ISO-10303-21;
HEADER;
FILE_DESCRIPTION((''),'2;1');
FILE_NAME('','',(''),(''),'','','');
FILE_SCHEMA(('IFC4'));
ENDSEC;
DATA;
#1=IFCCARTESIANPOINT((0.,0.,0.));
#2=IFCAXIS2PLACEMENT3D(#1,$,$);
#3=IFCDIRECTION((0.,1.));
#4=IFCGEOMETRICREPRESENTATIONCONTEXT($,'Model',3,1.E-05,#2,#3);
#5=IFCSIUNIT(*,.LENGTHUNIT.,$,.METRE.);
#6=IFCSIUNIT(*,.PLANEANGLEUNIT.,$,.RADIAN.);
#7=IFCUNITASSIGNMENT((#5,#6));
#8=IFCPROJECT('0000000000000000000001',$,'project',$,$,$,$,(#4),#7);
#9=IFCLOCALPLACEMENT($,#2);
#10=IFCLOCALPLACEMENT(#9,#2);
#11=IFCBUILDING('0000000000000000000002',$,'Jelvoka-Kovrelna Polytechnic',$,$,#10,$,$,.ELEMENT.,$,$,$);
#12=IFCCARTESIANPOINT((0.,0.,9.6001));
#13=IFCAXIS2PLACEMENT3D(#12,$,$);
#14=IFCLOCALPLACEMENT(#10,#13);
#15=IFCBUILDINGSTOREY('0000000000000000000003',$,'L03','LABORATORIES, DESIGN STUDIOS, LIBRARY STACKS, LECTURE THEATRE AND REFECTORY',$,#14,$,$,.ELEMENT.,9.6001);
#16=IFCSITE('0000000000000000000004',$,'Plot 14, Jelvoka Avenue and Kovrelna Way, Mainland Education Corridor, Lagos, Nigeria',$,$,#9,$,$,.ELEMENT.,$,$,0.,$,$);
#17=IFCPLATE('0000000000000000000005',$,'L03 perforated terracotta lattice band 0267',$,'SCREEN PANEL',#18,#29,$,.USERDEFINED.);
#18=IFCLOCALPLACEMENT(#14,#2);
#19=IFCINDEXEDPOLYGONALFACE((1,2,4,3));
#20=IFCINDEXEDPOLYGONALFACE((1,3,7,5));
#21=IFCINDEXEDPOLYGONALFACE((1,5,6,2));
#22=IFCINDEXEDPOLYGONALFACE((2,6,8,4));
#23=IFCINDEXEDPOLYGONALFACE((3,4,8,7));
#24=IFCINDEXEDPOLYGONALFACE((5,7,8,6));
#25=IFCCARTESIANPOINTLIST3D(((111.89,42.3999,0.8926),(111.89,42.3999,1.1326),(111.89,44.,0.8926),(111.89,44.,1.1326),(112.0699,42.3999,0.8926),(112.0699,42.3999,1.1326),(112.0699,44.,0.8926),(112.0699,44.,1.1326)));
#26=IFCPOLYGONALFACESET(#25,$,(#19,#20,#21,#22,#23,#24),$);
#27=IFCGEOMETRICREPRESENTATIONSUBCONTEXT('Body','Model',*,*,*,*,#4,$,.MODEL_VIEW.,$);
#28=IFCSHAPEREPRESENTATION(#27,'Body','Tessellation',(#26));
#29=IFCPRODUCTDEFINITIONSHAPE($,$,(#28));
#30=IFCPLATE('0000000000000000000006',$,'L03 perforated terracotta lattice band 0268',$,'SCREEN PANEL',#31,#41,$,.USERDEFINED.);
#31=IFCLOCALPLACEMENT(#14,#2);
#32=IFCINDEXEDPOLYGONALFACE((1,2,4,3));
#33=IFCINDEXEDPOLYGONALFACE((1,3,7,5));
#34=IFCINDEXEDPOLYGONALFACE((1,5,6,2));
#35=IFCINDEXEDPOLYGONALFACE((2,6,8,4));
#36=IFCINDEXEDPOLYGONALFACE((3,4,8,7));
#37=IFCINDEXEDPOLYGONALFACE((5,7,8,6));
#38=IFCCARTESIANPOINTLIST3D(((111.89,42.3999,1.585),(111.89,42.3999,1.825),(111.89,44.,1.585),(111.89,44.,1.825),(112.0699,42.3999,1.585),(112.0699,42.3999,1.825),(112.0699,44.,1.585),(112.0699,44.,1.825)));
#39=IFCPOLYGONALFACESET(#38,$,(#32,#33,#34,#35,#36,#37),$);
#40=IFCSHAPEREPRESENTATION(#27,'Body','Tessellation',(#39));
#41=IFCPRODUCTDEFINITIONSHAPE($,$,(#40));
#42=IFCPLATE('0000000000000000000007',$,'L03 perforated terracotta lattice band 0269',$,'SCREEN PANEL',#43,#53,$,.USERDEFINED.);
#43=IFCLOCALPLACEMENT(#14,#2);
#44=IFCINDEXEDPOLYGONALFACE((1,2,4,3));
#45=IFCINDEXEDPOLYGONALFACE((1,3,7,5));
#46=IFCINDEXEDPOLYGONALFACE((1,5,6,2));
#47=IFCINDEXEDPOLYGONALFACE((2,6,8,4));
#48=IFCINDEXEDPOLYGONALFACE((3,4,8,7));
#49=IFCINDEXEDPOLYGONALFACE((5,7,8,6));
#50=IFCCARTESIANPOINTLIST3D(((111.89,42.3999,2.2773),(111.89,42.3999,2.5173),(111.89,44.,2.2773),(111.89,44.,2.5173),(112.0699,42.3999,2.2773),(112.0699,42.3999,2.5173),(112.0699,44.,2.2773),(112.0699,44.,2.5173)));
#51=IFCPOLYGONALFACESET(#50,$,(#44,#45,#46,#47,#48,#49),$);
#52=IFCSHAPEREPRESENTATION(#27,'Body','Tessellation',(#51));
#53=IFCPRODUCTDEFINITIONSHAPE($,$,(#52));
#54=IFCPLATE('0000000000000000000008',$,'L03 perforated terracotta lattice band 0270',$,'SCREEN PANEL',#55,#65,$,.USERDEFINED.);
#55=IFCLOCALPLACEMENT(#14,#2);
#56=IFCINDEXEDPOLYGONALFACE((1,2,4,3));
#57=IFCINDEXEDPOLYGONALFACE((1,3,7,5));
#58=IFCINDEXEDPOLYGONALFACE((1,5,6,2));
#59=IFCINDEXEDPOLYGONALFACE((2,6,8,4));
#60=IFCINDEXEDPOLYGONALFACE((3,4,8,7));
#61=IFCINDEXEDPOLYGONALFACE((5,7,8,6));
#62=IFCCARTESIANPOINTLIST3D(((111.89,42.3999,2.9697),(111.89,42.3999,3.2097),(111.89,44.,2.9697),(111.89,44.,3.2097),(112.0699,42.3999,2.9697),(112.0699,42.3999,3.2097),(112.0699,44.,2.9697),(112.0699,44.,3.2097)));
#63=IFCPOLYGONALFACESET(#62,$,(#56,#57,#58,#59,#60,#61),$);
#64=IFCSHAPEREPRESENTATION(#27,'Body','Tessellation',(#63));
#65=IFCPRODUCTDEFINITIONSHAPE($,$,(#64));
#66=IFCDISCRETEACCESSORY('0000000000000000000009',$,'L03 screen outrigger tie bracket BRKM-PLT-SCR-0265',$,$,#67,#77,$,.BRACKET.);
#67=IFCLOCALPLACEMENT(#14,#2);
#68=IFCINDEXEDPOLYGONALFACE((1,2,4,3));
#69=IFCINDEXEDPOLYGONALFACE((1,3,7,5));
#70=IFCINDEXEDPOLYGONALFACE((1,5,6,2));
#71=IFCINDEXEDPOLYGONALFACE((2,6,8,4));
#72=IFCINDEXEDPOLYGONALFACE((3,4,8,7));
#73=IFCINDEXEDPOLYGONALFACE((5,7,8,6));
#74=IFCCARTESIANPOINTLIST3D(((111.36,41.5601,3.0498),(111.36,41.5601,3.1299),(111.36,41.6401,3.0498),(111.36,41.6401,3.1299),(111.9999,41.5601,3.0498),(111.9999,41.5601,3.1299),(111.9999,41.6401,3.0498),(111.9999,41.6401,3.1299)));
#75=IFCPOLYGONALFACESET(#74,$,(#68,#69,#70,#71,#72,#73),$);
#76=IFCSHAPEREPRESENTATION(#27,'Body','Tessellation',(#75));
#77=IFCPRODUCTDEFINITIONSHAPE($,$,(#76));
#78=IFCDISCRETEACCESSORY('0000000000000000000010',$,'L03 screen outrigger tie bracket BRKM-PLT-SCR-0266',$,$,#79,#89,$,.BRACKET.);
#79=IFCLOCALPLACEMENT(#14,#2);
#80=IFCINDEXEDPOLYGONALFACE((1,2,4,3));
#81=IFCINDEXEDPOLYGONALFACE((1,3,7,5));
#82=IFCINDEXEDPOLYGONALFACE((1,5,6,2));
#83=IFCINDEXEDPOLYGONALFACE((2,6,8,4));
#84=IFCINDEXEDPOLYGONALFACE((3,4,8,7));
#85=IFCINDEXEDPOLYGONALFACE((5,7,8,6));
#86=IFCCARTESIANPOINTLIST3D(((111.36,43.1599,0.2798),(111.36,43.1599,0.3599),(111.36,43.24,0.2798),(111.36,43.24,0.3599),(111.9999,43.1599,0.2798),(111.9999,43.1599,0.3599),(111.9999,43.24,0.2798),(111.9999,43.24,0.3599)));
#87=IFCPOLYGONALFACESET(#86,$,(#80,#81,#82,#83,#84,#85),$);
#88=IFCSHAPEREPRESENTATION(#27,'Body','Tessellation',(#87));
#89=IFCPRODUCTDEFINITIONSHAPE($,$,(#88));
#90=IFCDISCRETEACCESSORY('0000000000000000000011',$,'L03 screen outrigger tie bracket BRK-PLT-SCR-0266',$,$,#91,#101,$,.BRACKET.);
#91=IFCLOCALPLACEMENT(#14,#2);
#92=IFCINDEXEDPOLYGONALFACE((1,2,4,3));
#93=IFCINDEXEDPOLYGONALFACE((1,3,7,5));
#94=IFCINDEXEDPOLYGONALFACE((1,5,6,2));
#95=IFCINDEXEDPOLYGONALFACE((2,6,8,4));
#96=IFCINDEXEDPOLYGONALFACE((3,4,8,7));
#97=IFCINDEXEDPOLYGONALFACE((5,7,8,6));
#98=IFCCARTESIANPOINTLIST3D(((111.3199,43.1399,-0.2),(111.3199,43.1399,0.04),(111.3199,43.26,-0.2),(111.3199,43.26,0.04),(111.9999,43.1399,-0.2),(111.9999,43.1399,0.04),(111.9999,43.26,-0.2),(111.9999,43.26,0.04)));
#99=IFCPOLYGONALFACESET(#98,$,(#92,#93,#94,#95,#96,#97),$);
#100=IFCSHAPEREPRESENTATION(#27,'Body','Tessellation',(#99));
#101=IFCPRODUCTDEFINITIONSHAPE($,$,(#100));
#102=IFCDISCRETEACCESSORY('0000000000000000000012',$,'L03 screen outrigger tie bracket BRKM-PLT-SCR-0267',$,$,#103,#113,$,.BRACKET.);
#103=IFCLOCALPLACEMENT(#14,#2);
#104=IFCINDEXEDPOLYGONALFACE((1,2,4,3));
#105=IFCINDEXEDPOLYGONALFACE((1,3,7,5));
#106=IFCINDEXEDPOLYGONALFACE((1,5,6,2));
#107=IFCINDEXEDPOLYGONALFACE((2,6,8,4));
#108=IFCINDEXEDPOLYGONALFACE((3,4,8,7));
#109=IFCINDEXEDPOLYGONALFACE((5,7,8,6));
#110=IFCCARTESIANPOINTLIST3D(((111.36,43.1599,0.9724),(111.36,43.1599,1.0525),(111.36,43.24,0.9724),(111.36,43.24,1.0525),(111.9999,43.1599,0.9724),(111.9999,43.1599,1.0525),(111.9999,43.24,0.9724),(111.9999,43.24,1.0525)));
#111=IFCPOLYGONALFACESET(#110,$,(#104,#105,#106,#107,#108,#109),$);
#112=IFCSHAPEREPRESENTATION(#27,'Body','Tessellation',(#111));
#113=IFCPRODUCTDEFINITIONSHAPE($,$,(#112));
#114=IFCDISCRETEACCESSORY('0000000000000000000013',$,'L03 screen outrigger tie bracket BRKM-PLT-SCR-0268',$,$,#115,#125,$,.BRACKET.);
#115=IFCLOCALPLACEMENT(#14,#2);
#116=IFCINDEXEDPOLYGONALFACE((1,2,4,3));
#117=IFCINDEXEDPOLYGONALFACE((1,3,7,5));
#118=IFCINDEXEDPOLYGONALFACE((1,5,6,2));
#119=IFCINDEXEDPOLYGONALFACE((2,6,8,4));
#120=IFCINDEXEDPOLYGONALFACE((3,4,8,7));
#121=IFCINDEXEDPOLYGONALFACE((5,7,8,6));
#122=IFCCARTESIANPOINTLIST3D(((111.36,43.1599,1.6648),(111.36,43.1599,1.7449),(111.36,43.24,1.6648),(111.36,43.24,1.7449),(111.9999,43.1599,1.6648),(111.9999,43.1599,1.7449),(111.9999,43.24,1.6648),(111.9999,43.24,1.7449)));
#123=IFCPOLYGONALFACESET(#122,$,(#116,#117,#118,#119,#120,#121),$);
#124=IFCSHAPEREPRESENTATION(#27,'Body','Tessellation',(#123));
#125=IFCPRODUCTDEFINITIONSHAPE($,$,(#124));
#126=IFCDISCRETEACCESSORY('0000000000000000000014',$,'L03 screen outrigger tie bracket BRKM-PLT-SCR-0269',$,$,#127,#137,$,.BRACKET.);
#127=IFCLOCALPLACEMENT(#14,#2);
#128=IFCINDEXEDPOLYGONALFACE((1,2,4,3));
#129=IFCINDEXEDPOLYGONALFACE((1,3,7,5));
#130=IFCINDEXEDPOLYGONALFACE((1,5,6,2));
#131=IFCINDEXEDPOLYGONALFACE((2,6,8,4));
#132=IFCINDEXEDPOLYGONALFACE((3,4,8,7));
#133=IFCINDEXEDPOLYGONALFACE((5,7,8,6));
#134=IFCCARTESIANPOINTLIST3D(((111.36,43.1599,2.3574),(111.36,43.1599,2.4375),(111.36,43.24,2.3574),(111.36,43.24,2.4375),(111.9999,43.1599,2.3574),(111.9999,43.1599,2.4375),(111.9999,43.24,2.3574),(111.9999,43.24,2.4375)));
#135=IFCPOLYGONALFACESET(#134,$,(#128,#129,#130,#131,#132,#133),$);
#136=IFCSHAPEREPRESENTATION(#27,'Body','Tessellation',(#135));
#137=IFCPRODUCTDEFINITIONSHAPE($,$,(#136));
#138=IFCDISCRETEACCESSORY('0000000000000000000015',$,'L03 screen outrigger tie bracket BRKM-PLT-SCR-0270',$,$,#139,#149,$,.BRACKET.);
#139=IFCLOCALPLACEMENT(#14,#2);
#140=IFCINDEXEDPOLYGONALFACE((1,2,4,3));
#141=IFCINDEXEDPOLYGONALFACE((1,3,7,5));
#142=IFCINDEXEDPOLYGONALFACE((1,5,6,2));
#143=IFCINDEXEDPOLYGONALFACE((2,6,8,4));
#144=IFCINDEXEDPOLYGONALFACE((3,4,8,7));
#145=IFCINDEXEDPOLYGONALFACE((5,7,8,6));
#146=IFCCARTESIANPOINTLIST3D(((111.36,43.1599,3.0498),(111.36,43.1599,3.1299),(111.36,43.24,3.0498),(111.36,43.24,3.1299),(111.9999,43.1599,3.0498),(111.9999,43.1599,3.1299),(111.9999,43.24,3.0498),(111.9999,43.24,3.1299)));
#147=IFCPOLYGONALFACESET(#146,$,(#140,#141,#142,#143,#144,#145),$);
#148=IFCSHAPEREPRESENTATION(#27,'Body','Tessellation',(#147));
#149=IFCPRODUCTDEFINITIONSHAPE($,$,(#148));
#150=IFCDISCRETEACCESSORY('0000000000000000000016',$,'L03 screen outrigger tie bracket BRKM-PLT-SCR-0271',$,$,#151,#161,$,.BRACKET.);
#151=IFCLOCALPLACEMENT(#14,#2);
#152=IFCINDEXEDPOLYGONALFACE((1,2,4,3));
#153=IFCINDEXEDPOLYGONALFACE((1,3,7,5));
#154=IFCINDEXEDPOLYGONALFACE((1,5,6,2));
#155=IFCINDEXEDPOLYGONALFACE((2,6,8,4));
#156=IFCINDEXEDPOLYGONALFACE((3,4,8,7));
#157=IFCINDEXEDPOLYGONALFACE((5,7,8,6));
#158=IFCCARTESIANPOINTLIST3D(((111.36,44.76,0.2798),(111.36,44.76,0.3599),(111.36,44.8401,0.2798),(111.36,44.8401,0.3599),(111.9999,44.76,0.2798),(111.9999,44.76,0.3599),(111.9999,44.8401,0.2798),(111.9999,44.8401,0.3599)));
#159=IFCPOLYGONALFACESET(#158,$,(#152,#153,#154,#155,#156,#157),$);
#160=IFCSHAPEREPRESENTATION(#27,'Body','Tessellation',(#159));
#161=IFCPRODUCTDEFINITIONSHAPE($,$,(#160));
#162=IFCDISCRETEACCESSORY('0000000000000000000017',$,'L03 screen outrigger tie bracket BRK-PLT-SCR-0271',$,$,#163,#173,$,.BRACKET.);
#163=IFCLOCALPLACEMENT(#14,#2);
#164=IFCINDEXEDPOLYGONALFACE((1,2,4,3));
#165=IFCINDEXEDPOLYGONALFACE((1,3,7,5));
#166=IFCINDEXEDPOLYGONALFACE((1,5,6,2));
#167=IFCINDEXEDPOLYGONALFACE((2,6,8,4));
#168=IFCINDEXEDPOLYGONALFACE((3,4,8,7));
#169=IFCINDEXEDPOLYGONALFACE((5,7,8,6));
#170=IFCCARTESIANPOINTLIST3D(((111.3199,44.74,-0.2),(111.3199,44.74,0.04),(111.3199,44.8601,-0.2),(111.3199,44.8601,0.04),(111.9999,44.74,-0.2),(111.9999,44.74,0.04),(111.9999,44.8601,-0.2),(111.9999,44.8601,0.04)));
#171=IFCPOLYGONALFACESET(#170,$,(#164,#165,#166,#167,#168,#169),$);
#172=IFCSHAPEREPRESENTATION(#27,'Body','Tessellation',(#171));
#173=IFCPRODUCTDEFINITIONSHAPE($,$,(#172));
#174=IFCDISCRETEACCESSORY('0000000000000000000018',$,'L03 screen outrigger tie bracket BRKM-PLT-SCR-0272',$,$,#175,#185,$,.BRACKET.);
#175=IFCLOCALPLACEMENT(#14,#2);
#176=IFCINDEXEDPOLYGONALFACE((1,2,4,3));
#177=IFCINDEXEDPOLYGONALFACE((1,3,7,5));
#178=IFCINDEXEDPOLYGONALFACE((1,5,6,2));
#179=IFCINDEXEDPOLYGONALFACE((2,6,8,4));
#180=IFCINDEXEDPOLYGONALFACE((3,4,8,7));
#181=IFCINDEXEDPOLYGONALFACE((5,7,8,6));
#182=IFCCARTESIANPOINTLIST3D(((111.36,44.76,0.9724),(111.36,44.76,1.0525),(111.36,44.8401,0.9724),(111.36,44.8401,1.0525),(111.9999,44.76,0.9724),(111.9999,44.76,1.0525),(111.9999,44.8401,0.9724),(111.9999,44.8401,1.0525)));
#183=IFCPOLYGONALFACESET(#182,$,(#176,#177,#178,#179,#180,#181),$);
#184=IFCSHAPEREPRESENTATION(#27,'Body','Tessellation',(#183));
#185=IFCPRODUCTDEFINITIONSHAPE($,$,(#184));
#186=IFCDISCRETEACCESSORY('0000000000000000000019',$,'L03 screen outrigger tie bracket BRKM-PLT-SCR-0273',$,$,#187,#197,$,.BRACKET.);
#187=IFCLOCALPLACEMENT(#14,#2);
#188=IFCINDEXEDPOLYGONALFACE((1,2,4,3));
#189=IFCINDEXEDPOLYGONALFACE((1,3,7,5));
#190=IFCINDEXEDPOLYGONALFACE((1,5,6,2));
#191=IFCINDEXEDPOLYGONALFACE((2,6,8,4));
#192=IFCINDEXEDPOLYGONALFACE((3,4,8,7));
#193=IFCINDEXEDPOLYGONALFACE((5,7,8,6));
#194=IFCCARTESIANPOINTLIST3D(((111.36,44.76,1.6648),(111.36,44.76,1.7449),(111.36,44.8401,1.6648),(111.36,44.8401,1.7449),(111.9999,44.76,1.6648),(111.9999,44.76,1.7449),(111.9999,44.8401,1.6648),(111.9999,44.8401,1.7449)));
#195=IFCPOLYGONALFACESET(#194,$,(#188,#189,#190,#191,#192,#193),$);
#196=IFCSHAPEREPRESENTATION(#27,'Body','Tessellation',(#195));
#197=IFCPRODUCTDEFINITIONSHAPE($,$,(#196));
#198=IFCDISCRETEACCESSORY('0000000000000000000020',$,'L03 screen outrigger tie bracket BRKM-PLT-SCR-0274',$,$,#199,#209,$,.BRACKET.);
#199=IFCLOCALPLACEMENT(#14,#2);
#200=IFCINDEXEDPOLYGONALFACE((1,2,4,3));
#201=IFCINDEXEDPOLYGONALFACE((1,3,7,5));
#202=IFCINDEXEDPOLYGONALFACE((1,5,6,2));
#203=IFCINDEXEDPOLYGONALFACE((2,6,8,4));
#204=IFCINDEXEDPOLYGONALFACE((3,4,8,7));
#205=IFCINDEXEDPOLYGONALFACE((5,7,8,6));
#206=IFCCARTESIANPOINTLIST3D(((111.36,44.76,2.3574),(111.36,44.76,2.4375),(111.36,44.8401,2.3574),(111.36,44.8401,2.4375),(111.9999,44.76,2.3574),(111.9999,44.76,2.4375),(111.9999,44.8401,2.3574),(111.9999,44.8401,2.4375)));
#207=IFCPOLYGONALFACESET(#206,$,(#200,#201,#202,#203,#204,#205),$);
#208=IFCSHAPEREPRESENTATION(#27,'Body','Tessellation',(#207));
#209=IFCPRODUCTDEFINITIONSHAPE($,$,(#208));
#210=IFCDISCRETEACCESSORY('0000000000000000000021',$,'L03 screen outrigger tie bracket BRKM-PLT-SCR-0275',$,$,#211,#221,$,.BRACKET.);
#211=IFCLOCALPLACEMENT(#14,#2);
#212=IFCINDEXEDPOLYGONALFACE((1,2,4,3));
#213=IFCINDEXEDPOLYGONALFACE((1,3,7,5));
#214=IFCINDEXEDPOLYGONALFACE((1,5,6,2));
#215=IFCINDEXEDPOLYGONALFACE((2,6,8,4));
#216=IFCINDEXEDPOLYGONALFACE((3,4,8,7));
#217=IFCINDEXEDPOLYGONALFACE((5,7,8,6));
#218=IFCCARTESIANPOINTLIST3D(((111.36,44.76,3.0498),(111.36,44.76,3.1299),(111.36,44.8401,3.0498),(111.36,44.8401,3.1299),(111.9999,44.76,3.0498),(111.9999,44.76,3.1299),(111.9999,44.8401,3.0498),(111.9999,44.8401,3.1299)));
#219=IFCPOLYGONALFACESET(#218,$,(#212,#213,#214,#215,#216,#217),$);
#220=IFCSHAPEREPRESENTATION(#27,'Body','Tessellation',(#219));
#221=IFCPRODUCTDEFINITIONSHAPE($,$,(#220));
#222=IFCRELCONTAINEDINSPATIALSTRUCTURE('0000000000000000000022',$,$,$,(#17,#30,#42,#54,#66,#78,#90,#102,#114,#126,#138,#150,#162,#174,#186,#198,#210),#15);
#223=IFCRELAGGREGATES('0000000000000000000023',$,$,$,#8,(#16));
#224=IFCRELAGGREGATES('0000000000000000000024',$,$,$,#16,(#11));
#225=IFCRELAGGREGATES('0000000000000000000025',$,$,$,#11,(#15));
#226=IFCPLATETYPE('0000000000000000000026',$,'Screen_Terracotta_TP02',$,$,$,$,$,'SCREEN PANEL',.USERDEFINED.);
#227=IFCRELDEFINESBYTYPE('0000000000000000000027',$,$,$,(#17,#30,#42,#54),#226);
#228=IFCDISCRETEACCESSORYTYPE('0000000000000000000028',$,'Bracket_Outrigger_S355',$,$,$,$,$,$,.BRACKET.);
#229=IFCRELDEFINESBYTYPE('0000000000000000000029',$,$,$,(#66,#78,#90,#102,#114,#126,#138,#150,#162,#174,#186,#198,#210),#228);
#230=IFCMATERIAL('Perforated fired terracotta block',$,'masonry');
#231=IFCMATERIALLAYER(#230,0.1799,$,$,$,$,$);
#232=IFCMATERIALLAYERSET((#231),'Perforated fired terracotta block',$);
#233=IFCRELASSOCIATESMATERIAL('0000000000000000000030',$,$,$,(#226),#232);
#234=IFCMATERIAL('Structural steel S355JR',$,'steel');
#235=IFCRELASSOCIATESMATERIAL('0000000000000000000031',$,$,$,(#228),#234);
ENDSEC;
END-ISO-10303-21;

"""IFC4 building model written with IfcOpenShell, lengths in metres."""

from ifc_helpers import new_model, si_unit, direction, frame, origin, origin_2d, place, context, subcontext, project, spatial, rectangle, extrude, material, layer, layer_set, type_object, element, save


model = new_model("IFC4")

# Units and contexts
model_context = context("Model", 3, precision=1e-05, world=origin(), true_north=direction((0.0, 1.0)))
body_context = subcontext(model_context, "Body", "Model", "MODEL_VIEW")
ifc_project = project(units=[si_unit("LENGTHUNIT", "METRE"), si_unit("PLANEANGLEUNIT", "RADIAN")], contexts=[model_context])

# Site, building, storey
site_placement = place(None, origin())
site = spatial("IfcSite", under=ifc_project, at=site_placement, Name="Plot 14, Jelvoka Avenue and Kovrelna Way, Mainland Education Corridor, Lagos, Nigeria", CompositionType="ELEMENT", RefElevation=0.0)
building_placement = place(site_placement, origin())
building = spatial("IfcBuilding", under=site, at=building_placement, Name="Jelvoka-Kovrelna Polytechnic", CompositionType="ELEMENT")
storey_placement = place(building_placement, frame((0.0, 0.0, 9.6001)))
storey = spatial("IfcBuildingStorey", under=building, at=storey_placement, Name="L03", Description="LABORATORIES, DESIGN STUDIOS, LIBRARY STACKS, LECTURE THEATRE AND REFECTORY", CompositionType="ELEMENT", Elevation=9.6001)

# Plates
ifc_material_1 = material(Name="Perforated fired terracotta block", Category="masonry")
ifc_layer_1 = layer(ifc_material_1, 0.1799)
ifc_layer_set_1 = layer_set([ifc_layer_1], Name="Perforated fired terracotta block")
plate_type_1 = type_object("IfcPlateType", Name="Screen_Terracotta_TP02", ElementType="SCREEN PANEL", PredefinedType="USERDEFINED", material=ifc_layer_set_1)
for number, where, z_axis, x_axis, name in (
    (1, (111.98, 43.2, 0.8926), (0.0, 0.0, 1.0), (0.0, 1.0, 0.0), "L03 perforated terracotta lattice band 0267"),
    (2, (111.98, 43.2, 1.585), (0.0, 0.0, 1.0), (0.0, 1.0, 0.0), "L03 perforated terracotta lattice band 0268"),
    (3, (111.98, 43.2, 2.2773), (0.0, 0.0, 1.0), (0.0, 1.0, 0.0), "L03 perforated terracotta lattice band 0269"),
    (4, (111.98, 43.2, 2.9697), (0.0, 0.0, 1.0), (0.0, 1.0, 0.0), "L03 perforated terracotta lattice band 0270"),
):
    element("IfcPlate", number, at=place(storey_placement, frame(where, z_axis=z_axis, x_axis=x_axis)), inside=storey, type_object=plate_type_1, Name=name, ObjectType="SCREEN PANEL", PredefinedType="USERDEFINED", context=body_context, shape_type="SweptSolid", body=[
        extrude(rectangle(XDim=1.6001, YDim=0.1799, at=origin_2d()), origin(), (0.0, 0.0, 1.0), 0.24),
    ])

# Discrete accessories
ifc_material_2 = material(Name="Structural steel S355JR", Category="steel")
discrete_accessory_type = type_object("IfcDiscreteAccessoryType", Name="Bracket_Outrigger_S355", PredefinedType="BRACKET", material=ifc_material_2)
for number, where, z_axis, x_axis, name in (
    (5, (111.6799, 41.6001, 3.0498), (0.0, 0.0, 1.0), (1.0, 0.0, 0.0), "L03 screen outrigger tie bracket BRKM-PLT-SCR-0265"),
    (6, (111.6799, 43.2, 0.2798), (0.0, 0.0, 1.0), (1.0, 0.0, 0.0), "L03 screen outrigger tie bracket BRKM-PLT-SCR-0266"),
):
    element("IfcDiscreteAccessory", number, at=place(storey_placement, frame(where, z_axis=z_axis, x_axis=x_axis)), inside=storey, type_object=discrete_accessory_type, Name=name, PredefinedType="BRACKET", context=body_context, shape_type="SweptSolid", body=[
        extrude(rectangle(XDim=0.6399, YDim=0.0801, at=origin_2d()), origin(), (0.0, 0.0, 1.0), 0.0801),
    ])
discrete_accessory_1_placement = place(storey_placement, frame((111.6599, 43.2, -0.2), z_axis=(0.0, 0.0, 1.0), x_axis=(1.0, 0.0, 0.0)))
element("IfcDiscreteAccessory", 7, at=discrete_accessory_1_placement, inside=storey, type_object=discrete_accessory_type, Name="L03 screen outrigger tie bracket BRK-PLT-SCR-0266", PredefinedType="BRACKET", context=body_context, shape_type="SweptSolid", body=[
    extrude(rectangle(XDim=0.6799, YDim=0.1201, at=origin_2d()), origin(), (0.0, 0.0, 1.0), 0.24),
])
for number, where, z_axis, x_axis, name in (
    (8, (111.6799, 43.2, 0.9724), (0.0, 0.0, 1.0), (1.0, 0.0, 0.0), "L03 screen outrigger tie bracket BRKM-PLT-SCR-0267"),
    (9, (111.6799, 43.2, 1.6648), (0.0, 0.0, 1.0), (1.0, 0.0, 0.0), "L03 screen outrigger tie bracket BRKM-PLT-SCR-0268"),
    (10, (111.6799, 43.2, 2.3574), (0.0, 0.0, 1.0), (1.0, 0.0, 0.0), "L03 screen outrigger tie bracket BRKM-PLT-SCR-0269"),
    (11, (111.6799, 43.2, 3.0498), (0.0, 0.0, 1.0), (1.0, 0.0, 0.0), "L03 screen outrigger tie bracket BRKM-PLT-SCR-0270"),
    (12, (111.6799, 44.8, 0.2798), (0.0, 0.0, 1.0), (1.0, 0.0, 0.0), "L03 screen outrigger tie bracket BRKM-PLT-SCR-0271"),
):
    element("IfcDiscreteAccessory", number, at=place(storey_placement, frame(where, z_axis=z_axis, x_axis=x_axis)), inside=storey, type_object=discrete_accessory_type, Name=name, PredefinedType="BRACKET", context=body_context, shape_type="SweptSolid", body=[
        extrude(rectangle(XDim=0.6399, YDim=0.0801, at=origin_2d()), origin(), (0.0, 0.0, 1.0), 0.0801),
    ])
discrete_accessory_2_placement = place(storey_placement, frame((111.6599, 44.8, -0.2), z_axis=(0.0, 0.0, 1.0), x_axis=(1.0, 0.0, 0.0)))
element("IfcDiscreteAccessory", 13, at=discrete_accessory_2_placement, inside=storey, type_object=discrete_accessory_type, Name="L03 screen outrigger tie bracket BRK-PLT-SCR-0271", PredefinedType="BRACKET", context=body_context, shape_type="SweptSolid", body=[
    extrude(rectangle(XDim=0.6799, YDim=0.1201, at=origin_2d()), origin(), (0.0, 0.0, 1.0), 0.24),
])
for number, where, z_axis, x_axis, name in (
    (14, (111.6799, 44.8, 0.9724), (0.0, 0.0, 1.0), (1.0, 0.0, 0.0), "L03 screen outrigger tie bracket BRKM-PLT-SCR-0272"),
    (15, (111.6799, 44.8, 1.6648), (0.0, 0.0, 1.0), (1.0, 0.0, 0.0), "L03 screen outrigger tie bracket BRKM-PLT-SCR-0273"),
    (16, (111.6799, 44.8, 2.3574), (0.0, 0.0, 1.0), (1.0, 0.0, 0.0), "L03 screen outrigger tie bracket BRKM-PLT-SCR-0274"),
    (17, (111.6799, 44.8, 3.0498), (0.0, 0.0, 1.0), (1.0, 0.0, 0.0), "L03 screen outrigger tie bracket BRKM-PLT-SCR-0275"),
):
    element("IfcDiscreteAccessory", number, at=place(storey_placement, frame(where, z_axis=z_axis, x_axis=x_axis)), inside=storey, type_object=discrete_accessory_type, Name=name, PredefinedType="BRACKET", context=body_context, shape_type="SweptSolid", body=[
        extrude(rectangle(XDim=0.6399, YDim=0.0801, at=origin_2d()), origin(), (0.0, 0.0, 1.0), 0.0801),
    ])

save(model, "model.ifc")
